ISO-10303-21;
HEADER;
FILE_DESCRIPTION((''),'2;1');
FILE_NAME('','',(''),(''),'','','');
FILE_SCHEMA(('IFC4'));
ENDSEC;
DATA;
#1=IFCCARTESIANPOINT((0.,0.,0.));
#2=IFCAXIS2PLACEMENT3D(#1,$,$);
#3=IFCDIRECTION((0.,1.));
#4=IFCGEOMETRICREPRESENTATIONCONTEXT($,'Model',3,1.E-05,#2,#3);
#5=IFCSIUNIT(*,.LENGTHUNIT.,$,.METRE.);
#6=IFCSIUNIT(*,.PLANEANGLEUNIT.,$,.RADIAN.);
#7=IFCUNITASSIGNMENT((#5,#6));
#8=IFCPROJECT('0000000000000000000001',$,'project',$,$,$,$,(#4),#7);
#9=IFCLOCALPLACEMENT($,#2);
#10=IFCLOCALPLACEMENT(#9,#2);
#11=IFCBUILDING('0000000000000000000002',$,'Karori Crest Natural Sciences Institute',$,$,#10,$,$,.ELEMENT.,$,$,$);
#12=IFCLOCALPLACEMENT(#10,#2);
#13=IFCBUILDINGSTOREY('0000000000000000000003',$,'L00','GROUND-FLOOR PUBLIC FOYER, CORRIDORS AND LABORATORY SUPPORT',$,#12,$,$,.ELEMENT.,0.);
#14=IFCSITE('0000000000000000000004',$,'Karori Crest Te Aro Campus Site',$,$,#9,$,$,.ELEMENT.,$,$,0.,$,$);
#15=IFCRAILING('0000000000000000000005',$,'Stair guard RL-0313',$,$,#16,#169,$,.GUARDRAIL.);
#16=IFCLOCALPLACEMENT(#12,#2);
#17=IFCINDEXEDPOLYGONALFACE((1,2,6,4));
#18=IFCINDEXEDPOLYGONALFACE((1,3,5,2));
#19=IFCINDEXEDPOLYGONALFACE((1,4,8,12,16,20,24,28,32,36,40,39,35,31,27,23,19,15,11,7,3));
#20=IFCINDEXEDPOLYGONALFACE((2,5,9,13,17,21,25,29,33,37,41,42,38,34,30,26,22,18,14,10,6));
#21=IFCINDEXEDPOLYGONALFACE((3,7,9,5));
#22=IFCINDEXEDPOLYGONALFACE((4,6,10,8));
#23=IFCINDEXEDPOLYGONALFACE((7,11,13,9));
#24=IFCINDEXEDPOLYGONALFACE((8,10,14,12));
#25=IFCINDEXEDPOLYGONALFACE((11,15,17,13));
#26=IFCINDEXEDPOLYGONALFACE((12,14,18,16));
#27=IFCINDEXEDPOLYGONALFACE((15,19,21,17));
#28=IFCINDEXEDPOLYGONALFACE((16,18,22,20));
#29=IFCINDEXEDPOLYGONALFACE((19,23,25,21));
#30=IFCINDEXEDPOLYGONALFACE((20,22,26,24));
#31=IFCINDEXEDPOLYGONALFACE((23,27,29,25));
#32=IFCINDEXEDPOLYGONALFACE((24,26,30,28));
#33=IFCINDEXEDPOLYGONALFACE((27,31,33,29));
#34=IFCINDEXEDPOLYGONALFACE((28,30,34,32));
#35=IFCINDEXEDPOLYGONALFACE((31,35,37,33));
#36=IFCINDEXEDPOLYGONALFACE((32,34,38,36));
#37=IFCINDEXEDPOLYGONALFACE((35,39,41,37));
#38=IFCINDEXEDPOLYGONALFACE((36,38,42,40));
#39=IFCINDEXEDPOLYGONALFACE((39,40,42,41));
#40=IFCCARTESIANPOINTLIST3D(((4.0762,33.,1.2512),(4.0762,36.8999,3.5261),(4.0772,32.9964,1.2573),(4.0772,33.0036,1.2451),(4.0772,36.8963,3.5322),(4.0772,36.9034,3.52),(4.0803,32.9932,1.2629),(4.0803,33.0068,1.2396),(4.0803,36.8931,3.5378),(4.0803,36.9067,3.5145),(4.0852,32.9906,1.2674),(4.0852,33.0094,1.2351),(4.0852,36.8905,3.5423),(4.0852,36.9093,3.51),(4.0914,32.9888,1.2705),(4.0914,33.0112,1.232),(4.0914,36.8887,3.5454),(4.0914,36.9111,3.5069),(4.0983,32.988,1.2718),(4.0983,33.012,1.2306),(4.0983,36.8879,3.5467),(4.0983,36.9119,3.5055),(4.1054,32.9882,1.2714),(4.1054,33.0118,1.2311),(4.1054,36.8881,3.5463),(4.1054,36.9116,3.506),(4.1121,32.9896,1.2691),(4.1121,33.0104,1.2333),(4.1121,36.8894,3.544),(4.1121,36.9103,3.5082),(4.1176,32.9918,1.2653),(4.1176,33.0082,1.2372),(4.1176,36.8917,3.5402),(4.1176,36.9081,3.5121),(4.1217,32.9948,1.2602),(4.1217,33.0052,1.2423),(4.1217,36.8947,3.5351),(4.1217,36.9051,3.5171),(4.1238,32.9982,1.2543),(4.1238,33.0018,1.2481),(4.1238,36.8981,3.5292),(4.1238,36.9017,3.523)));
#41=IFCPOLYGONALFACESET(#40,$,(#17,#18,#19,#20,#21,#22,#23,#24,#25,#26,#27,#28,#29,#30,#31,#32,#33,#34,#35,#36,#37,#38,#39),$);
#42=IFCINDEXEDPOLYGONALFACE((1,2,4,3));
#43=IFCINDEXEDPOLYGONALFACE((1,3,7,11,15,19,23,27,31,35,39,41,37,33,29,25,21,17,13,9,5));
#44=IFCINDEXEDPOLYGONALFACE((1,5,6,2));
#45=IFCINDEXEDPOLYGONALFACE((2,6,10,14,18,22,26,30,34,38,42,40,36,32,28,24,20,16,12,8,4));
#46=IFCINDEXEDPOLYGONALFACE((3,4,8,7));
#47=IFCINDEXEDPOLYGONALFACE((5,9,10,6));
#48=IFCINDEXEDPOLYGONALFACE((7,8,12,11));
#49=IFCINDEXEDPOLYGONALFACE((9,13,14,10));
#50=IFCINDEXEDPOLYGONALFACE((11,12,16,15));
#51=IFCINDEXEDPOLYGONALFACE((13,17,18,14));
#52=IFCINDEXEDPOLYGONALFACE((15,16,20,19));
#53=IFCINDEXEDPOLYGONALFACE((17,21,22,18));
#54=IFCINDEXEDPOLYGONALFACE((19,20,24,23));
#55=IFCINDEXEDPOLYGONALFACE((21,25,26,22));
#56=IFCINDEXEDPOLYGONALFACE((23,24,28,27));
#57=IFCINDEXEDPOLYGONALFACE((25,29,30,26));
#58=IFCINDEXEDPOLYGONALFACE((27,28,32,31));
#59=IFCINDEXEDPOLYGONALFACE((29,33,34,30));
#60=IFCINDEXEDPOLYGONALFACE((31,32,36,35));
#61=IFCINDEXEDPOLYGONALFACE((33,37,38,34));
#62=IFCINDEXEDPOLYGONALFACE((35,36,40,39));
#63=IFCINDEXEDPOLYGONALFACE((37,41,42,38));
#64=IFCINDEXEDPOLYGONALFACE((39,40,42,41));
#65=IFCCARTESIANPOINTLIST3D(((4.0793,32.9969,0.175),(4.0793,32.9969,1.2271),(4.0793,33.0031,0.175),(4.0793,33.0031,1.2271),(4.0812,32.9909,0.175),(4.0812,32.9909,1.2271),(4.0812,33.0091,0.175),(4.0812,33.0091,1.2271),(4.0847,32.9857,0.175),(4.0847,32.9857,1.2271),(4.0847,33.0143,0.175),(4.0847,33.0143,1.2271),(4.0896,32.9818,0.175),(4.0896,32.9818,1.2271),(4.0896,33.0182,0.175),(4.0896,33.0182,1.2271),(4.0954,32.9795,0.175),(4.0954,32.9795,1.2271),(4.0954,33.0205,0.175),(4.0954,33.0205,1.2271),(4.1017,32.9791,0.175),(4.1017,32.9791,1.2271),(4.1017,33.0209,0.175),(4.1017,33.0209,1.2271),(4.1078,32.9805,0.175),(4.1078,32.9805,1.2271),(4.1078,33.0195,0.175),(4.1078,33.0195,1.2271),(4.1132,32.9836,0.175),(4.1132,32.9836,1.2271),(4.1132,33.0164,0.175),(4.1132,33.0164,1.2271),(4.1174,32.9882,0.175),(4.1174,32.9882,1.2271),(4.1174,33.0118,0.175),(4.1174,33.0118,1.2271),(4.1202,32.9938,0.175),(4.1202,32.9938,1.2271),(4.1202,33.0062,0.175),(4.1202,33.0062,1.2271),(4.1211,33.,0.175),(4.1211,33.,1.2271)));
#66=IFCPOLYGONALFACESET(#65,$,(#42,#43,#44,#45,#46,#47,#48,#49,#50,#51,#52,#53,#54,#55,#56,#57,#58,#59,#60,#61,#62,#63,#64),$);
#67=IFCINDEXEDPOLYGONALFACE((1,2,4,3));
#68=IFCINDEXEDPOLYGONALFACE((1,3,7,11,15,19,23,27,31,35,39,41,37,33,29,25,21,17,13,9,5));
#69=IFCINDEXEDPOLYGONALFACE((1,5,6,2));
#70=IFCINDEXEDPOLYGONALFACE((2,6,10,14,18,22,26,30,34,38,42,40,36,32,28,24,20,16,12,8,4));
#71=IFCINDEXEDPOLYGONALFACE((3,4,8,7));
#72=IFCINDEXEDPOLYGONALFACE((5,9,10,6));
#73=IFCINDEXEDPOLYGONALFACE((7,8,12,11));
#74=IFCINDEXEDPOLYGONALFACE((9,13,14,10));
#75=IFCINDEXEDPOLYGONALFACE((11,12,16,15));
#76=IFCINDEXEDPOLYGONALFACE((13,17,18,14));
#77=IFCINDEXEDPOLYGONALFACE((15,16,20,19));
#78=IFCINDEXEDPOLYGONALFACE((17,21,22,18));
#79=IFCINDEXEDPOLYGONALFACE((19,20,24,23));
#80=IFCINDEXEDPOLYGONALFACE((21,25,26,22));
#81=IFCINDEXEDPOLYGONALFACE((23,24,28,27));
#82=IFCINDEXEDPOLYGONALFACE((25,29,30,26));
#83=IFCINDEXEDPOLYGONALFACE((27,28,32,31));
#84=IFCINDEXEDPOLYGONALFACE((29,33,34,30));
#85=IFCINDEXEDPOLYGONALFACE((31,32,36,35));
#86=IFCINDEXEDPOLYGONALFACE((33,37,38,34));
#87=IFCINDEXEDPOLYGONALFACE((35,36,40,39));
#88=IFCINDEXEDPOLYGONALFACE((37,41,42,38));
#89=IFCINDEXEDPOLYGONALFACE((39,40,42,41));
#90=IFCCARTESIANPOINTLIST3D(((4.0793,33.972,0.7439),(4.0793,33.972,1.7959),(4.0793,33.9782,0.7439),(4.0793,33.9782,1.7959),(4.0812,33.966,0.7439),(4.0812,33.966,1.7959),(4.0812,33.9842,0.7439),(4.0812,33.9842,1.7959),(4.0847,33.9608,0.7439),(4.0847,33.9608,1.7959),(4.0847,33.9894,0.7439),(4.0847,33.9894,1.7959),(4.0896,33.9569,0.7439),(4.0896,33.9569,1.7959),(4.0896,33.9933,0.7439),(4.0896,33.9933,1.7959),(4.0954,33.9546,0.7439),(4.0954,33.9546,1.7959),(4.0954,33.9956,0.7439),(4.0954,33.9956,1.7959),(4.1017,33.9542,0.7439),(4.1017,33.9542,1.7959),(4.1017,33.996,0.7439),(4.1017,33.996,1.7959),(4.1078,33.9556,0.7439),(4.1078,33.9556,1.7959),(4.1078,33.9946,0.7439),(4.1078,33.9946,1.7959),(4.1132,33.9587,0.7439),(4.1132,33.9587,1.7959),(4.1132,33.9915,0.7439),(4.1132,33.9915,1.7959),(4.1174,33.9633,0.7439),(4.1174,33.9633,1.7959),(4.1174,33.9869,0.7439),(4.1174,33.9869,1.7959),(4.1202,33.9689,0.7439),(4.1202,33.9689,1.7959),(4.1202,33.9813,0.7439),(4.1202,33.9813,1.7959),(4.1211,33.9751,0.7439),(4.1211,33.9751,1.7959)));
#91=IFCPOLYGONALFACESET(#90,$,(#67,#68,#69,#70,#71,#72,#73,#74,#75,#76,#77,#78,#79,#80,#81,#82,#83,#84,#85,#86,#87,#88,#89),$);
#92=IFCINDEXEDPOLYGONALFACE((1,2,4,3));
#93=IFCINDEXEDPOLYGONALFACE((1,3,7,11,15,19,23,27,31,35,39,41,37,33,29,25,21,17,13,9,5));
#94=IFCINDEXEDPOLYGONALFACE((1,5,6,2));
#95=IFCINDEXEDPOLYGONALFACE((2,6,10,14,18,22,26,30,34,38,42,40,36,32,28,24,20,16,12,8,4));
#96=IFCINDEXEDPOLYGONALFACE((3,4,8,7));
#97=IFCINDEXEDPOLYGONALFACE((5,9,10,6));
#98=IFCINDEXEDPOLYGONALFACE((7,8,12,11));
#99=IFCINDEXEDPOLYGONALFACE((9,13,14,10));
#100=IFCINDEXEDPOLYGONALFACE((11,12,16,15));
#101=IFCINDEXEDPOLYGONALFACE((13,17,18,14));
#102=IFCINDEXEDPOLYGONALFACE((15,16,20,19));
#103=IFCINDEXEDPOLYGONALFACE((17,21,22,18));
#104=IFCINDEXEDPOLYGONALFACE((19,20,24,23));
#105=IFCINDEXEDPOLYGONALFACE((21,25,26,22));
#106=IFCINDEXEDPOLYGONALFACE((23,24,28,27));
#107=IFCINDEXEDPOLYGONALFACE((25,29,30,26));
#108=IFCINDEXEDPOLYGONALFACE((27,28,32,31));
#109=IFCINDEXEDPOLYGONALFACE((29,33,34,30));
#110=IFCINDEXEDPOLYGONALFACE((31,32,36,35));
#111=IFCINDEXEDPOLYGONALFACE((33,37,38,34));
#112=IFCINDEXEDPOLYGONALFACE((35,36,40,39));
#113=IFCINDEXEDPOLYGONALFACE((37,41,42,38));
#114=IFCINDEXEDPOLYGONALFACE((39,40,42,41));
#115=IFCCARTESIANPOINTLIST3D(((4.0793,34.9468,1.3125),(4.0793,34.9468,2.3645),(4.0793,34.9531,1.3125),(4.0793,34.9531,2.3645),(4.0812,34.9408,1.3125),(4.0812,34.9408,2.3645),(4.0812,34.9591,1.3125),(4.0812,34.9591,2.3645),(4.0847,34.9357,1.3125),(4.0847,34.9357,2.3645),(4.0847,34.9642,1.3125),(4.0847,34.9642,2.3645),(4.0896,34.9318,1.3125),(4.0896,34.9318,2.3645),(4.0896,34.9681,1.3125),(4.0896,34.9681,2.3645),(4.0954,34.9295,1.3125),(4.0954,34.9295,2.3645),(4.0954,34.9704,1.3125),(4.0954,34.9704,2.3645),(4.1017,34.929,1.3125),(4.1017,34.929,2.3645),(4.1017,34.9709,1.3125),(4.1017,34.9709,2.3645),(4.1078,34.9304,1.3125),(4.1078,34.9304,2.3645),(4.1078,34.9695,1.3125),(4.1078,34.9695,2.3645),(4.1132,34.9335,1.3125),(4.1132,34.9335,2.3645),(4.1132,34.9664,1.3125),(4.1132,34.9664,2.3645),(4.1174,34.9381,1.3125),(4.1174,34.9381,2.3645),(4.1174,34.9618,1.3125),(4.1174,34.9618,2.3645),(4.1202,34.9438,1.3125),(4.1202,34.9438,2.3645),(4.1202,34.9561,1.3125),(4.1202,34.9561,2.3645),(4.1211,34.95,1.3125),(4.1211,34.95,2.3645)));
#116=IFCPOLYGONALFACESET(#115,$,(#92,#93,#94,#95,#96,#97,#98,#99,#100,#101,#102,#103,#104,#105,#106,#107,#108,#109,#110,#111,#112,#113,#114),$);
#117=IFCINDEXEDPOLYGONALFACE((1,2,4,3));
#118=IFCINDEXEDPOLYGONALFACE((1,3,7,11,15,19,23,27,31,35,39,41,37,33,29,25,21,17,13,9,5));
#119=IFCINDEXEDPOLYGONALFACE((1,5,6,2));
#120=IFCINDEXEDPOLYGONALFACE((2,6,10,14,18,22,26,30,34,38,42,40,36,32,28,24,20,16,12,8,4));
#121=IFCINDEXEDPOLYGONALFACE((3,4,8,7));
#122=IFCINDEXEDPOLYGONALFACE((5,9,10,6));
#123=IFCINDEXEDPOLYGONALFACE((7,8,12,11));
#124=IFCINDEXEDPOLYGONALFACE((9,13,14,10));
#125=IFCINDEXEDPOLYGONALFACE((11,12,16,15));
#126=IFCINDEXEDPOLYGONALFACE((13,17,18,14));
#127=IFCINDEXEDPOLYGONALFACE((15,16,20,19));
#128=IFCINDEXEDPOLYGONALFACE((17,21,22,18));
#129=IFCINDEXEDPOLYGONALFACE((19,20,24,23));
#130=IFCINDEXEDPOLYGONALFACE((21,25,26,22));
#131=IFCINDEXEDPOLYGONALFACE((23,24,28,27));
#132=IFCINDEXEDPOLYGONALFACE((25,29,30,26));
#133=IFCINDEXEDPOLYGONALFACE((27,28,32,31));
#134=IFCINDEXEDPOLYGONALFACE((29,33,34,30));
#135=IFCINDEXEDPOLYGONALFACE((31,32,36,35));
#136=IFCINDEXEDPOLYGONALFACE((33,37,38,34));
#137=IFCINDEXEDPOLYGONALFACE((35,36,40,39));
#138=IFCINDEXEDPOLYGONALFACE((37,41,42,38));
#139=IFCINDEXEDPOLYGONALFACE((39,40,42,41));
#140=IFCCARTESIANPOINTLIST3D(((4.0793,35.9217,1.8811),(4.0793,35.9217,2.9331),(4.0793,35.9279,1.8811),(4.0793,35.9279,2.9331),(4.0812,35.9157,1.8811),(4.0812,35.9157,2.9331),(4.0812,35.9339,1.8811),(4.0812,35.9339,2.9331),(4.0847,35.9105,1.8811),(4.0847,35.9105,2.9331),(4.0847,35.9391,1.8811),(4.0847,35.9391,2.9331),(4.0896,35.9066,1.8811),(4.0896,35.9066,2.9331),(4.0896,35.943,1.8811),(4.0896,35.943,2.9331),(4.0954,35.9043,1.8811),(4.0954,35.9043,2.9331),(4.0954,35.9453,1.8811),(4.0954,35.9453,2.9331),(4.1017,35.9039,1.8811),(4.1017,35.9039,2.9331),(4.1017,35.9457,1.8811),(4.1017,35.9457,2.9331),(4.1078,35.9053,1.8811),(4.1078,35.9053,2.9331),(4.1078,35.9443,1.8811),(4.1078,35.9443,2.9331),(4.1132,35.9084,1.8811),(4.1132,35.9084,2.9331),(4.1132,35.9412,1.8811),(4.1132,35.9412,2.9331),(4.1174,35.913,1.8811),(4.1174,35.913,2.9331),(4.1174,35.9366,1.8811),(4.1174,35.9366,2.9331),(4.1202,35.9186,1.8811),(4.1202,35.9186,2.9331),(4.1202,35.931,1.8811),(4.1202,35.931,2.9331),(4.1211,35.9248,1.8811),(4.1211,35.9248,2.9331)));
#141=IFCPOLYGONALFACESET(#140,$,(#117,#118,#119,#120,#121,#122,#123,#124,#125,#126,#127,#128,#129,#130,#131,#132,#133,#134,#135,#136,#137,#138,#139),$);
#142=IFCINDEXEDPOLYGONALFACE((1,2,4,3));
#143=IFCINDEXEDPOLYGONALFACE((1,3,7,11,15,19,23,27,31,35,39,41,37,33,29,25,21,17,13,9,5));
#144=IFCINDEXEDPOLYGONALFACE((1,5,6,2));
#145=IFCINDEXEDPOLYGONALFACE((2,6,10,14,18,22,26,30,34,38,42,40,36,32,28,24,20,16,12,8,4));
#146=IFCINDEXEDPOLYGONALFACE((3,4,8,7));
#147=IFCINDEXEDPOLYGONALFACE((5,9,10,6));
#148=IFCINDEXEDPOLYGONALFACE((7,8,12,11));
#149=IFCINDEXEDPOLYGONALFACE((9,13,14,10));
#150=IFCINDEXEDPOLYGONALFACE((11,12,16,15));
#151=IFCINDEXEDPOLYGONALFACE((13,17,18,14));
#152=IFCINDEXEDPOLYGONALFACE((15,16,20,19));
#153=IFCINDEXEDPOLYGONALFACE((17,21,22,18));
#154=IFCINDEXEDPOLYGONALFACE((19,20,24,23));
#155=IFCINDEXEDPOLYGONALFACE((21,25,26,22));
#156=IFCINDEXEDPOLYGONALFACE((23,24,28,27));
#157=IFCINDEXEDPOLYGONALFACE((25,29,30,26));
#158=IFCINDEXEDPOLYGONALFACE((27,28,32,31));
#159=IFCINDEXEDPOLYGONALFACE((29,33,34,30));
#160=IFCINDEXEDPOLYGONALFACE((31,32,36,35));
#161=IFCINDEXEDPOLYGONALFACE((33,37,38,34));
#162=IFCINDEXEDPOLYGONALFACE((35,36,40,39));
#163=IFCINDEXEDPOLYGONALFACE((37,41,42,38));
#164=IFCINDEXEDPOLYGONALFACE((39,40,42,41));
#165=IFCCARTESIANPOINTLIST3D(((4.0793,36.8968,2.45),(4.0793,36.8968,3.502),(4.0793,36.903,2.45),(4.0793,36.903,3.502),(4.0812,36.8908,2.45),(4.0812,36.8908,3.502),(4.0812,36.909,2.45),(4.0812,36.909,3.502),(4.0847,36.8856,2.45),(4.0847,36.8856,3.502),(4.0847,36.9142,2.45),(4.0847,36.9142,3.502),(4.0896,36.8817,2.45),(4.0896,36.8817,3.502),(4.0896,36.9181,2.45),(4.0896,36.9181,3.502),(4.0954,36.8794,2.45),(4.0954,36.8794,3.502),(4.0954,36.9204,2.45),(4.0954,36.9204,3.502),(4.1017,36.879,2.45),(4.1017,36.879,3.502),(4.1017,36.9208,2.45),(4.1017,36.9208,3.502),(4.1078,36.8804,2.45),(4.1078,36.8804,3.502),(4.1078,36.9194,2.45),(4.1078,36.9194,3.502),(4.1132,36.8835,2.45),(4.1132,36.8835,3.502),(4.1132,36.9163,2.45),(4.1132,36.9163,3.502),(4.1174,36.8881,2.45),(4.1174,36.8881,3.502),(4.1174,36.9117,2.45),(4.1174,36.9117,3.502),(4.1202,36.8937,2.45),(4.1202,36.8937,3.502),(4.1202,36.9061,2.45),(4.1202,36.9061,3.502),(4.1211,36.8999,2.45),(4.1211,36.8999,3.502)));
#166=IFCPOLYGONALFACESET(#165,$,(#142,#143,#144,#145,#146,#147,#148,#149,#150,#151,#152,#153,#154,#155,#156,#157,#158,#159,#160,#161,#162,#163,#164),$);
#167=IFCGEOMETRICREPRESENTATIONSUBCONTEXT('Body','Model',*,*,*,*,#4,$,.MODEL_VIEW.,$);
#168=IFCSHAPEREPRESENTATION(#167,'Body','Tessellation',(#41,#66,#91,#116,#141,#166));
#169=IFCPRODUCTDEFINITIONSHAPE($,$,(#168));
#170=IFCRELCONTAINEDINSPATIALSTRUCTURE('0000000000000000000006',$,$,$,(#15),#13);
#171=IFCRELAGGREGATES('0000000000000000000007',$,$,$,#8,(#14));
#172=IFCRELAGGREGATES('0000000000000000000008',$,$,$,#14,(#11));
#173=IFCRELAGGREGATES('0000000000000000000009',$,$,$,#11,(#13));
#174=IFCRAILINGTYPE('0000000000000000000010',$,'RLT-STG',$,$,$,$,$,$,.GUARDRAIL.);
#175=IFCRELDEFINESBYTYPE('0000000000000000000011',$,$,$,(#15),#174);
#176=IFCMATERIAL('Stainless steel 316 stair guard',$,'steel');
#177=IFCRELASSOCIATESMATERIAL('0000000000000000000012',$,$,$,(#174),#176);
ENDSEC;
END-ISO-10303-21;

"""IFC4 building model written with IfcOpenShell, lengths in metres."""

from ifc_helpers import new_model, si_unit, direction, frame, origin, origin_2d, place, context, subcontext, project, spatial, circle, extrude, material, type_object, element, save


model = new_model("IFC4")

# Units and contexts
model_context = context("Model", 3, precision=1e-05, world=origin(), true_north=direction((0.0, 1.0)))
body_context = subcontext(model_context, "Body", "Model", "MODEL_VIEW")
ifc_project = project(units=[si_unit("LENGTHUNIT", "METRE"), si_unit("PLANEANGLEUNIT", "RADIAN")], contexts=[model_context])

# Site, building, storey
site_placement = place(None, origin())
site = spatial("IfcSite", under=ifc_project, at=site_placement, Name="Karori Crest Te Aro Campus Site", CompositionType="ELEMENT", RefElevation=0.0)
building_placement = place(site_placement, origin())
building = spatial("IfcBuilding", under=site, at=building_placement, Name="Karori Crest Natural Sciences Institute", CompositionType="ELEMENT")
storey_placement = place(building_placement, origin())
storey = spatial("IfcBuildingStorey", under=building, at=storey_placement, Name="L00", Description="GROUND-FLOOR PUBLIC FOYER, CORRIDORS AND LABORATORY SUPPORT", CompositionType="ELEMENT", Elevation=0.0)

# Railing
ifc_material_1 = material(Name="Stainless steel 316 stair guard", Category="steel")
railing_type_1 = type_object("IfcRailingType", Name="RLT-STG", PredefinedType="GUARDRAIL", material=ifc_material_1)
railing_1_placement = place(storey_placement, frame((4.1001, 33.0, 0.175)))
element("IfcRailing", 1, at=railing_1_placement, inside=storey, type_object=railing_type_1, Name="Stair guard RL-0313", PredefinedType="GUARDRAIL", context=body_context, shape_type="SweptSolid", body=[
    extrude(circle(Radius=0.0239, at=origin_2d()), frame((0.0, 0.0, 1.0762), z_axis=(0.0, 0.863783, 0.503864), x_axis=(-1.0, 0.0, 0.0)), (0.0, 0.0, 1.0), 4.5149),
    extrude(circle(Radius=0.021, at=origin_2d()), origin(), (0.0, 0.0, 1.0), 1.052),
    extrude(circle(Radius=0.021, at=origin_2d()), frame((0.0, 0.9751, 0.5688)), (0.0, 0.0, 1.0), 1.052),
    extrude(circle(Radius=0.021, at=origin_2d()), frame((0.0, 1.95, 1.1375)), (0.0, 0.0, 1.0), 1.052),
    extrude(circle(Radius=0.021, at=origin_2d()), frame((0.0, 2.9248, 1.7061)), (0.0, 0.0, 1.0), 1.052),
    extrude(circle(Radius=0.021, at=origin_2d()), frame((0.0, 3.8999, 2.2749)), (0.0, 0.0, 1.0), 1.052),
])

save(model, "model.ifc")
